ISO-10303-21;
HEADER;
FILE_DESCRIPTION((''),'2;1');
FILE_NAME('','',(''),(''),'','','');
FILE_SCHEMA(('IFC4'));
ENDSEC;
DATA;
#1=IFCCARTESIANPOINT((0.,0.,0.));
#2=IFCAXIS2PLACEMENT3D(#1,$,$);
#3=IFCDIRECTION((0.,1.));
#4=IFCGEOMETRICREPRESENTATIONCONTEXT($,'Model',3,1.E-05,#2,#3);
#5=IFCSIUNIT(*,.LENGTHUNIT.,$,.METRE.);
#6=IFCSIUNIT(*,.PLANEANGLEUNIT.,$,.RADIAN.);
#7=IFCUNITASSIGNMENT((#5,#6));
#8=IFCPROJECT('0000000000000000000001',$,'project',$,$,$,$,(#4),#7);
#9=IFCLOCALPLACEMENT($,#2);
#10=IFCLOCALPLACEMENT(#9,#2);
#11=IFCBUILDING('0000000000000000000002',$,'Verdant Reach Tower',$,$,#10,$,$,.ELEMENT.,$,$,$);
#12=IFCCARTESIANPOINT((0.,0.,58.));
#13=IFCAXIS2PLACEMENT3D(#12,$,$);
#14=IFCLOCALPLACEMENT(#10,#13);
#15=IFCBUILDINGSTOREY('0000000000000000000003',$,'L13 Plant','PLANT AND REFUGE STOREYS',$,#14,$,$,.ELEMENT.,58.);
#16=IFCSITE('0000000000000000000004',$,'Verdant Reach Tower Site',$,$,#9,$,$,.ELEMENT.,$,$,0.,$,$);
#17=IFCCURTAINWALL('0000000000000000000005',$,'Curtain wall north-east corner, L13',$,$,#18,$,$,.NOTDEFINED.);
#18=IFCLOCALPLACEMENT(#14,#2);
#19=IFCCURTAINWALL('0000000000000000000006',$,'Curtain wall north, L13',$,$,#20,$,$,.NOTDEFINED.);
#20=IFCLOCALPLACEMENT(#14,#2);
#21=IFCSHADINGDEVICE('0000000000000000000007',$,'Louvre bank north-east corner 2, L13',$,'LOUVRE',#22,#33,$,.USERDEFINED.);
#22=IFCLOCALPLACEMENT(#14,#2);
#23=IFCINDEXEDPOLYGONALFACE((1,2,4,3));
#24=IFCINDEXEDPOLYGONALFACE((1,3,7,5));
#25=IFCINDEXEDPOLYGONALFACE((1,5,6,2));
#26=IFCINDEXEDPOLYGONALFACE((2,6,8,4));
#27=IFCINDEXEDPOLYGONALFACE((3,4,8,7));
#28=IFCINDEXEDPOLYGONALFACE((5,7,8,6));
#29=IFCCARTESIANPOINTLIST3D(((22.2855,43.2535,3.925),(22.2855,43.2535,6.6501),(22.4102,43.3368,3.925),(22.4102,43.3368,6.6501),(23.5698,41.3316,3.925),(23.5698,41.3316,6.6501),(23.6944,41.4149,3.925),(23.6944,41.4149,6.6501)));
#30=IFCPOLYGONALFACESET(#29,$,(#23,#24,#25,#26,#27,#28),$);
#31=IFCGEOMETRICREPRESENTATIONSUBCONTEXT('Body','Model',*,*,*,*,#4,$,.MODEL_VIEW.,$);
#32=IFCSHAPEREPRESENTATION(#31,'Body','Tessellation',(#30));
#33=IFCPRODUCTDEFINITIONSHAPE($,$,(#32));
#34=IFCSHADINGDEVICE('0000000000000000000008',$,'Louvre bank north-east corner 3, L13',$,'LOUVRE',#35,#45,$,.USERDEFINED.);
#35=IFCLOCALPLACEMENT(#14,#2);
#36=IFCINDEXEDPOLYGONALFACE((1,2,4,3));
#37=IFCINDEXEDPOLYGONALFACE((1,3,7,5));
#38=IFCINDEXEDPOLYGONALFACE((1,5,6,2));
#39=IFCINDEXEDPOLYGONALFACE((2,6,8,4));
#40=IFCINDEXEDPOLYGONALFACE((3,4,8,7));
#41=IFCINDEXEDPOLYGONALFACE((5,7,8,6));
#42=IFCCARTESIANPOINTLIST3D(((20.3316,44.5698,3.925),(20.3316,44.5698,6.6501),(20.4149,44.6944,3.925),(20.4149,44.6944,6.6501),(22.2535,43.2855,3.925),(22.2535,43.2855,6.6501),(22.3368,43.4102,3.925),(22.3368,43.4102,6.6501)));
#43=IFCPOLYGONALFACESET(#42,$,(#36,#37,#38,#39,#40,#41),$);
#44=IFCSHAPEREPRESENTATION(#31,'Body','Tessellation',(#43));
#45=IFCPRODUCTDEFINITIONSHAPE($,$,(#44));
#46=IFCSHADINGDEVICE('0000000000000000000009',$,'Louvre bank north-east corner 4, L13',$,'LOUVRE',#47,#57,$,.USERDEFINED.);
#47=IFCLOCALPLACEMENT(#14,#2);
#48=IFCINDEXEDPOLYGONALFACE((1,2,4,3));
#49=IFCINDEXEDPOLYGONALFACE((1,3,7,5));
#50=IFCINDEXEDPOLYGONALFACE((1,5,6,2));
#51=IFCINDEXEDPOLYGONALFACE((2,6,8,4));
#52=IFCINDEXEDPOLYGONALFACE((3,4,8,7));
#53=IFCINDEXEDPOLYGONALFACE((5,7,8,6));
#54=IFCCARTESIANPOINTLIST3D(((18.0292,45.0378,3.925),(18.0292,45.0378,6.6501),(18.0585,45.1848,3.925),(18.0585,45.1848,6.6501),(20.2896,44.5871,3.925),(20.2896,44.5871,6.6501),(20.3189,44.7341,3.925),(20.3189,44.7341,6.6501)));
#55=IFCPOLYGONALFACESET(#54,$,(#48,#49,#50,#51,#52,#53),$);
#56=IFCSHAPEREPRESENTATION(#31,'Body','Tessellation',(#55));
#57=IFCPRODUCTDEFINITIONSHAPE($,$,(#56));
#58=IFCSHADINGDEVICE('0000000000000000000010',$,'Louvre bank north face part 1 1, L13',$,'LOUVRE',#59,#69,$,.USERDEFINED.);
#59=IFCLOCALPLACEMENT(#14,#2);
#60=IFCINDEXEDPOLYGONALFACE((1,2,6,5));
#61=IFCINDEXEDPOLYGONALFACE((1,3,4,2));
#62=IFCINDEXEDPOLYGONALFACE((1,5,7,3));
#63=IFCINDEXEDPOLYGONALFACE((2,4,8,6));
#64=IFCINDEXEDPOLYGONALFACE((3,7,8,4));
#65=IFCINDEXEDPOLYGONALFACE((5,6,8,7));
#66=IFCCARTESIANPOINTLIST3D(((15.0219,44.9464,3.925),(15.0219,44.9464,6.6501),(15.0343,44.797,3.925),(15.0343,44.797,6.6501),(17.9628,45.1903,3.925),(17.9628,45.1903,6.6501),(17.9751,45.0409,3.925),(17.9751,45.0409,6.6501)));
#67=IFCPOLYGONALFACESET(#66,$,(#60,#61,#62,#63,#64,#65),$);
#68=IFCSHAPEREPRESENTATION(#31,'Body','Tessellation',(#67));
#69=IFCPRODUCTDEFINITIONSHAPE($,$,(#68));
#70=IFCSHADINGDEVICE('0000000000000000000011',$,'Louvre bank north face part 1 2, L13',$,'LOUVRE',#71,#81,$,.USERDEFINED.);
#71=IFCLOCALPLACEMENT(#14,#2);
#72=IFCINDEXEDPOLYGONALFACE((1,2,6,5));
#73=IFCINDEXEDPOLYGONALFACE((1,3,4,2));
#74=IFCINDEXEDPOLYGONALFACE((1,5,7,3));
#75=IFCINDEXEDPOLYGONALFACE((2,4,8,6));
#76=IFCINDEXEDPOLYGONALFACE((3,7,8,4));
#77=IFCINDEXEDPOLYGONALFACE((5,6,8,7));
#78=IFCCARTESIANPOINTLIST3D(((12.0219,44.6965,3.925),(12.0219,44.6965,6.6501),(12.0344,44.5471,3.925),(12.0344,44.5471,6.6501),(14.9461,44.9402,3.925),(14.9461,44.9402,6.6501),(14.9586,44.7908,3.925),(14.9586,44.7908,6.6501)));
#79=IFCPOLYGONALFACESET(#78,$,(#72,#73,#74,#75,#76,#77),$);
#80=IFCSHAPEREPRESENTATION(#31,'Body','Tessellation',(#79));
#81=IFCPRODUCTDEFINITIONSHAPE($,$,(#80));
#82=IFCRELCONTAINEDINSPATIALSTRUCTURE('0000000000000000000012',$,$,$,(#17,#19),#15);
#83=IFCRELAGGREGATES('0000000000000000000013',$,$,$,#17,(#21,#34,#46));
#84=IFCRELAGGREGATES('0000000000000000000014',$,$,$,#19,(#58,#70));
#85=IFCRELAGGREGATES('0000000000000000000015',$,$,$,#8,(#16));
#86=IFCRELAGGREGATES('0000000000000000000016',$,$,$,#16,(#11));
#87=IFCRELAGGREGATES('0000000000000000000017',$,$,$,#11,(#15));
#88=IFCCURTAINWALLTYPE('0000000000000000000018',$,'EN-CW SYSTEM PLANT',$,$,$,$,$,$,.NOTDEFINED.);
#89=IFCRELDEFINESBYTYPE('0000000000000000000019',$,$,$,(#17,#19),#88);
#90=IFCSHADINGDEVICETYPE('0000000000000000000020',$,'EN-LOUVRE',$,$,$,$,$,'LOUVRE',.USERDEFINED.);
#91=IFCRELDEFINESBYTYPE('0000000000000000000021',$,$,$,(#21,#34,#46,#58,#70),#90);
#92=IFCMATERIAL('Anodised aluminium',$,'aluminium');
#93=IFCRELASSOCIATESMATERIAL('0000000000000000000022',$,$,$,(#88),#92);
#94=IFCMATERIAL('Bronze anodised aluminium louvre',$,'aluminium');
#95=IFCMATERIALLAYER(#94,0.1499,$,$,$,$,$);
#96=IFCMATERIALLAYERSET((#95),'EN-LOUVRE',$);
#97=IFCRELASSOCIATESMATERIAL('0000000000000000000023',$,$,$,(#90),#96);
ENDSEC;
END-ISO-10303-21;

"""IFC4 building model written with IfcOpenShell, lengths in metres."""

from ifc_helpers import new_model, si_unit, direction, frame, origin, origin_2d, place, context, subcontext, project, spatial, rectangle, extrude, material, layer, layer_set, type_object, element, aggregate, save


model = new_model("IFC4")

# Units and contexts
model_context = context("Model", 3, precision=1e-05, world=origin(), true_north=direction((0.0, 1.0)))
body_context = subcontext(model_context, "Body", "Model", "MODEL_VIEW")
ifc_project = project(units=[si_unit("LENGTHUNIT", "METRE"), si_unit("PLANEANGLEUNIT", "RADIAN")], contexts=[model_context])

# Site, building, storey
site_placement = place(None, origin())
site = spatial("IfcSite", under=ifc_project, at=site_placement, Name="Verdant Reach Tower Site", CompositionType="ELEMENT", RefElevation=0.0)
building_placement = place(site_placement, origin())
building = spatial("IfcBuilding", under=site, at=building_placement, Name="Verdant Reach Tower", CompositionType="ELEMENT")
storey_placement = place(building_placement, frame((0.0, 0.0, 58.0)))
storey = spatial("IfcBuildingStorey", under=building, at=storey_placement, Name="L13 Plant", Description="PLANT AND REFUGE STOREYS", CompositionType="ELEMENT", Elevation=58.0)

# Curtain walls
ifc_material_1 = material(Name="Anodised aluminium", Category="aluminium")
curtain_wall_type = type_object("IfcCurtainWallType", Name="EN-CW SYSTEM PLANT", PredefinedType="NOTDEFINED", material=ifc_material_1)
curtain_wall_1_placement = place(storey_placement, origin())
curtain_wall_1 = element("IfcCurtainWall", 1, at=curtain_wall_1_placement, inside=storey, type_object=curtain_wall_type, Name="Curtain wall north-east corner, L13", PredefinedType="NOTDEFINED")
curtain_wall_2_placement = place(storey_placement, origin())
curtain_wall_2 = element("IfcCurtainWall", 2, at=curtain_wall_2_placement, inside=storey, type_object=curtain_wall_type, Name="Curtain wall north, L13", PredefinedType="NOTDEFINED")

# Shading devices
ifc_material_2 = material(Name="Bronze anodised aluminium louvre", Category="aluminium")
ifc_layer_1 = layer(ifc_material_2, 0.1499)
ifc_layer_set_1 = layer_set([ifc_layer_1], Name="EN-LOUVRE")
shading_device_type = type_object("IfcShadingDeviceType", Name="EN-LOUVRE", ElementType="LOUVRE", PredefinedType="USERDEFINED", material=ifc_layer_set_1)
shading_device_1_placement = place(storey_placement, frame((22.99, 42.3342, 3.925), z_axis=(0.0, 0.0, 1.0), x_axis=(-0.555596, 0.831452, 0.0)))
shading_device_1 = element("IfcShadingDevice", 3, at=shading_device_1_placement, type_object=shading_device_type, Name="Louvre bank north-east corner 2, L13", ObjectType="LOUVRE", PredefinedType="USERDEFINED", context=body_context, shape_type="SweptSolid", body=[
    extrude(rectangle(XDim=2.3115, YDim=0.1499, at=origin_2d()), origin(), (0.0, 0.0, 1.0), 2.7251),
])
shading_device_2_placement = place(storey_placement, frame((21.3342, 43.99, 3.925), z_axis=(0.0, 0.0, 1.0), x_axis=(-0.831452, 0.555596, 0.0)))
shading_device_2 = element("IfcShadingDevice", 4, at=shading_device_2_placement, type_object=shading_device_type, Name="Louvre bank north-east corner 3, L13", ObjectType="LOUVRE", PredefinedType="USERDEFINED", context=body_context, shape_type="SweptSolid", body=[
    extrude(rectangle(XDim=2.3115, YDim=0.1499, at=origin_2d()), origin(), (0.0, 0.0, 1.0), 2.7251),
])
shading_device_3_placement = place(storey_placement, frame((19.1741, 44.886, 3.925), z_axis=(0.0, 0.0, 1.0), x_axis=(-0.980695, 0.195545, 0.0)))
shading_device_3 = element("IfcShadingDevice", 5, at=shading_device_3_placement, type_object=shading_device_type, Name="Louvre bank north-east corner 4, L13", ObjectType="LOUVRE", PredefinedType="USERDEFINED", context=body_context, shape_type="SweptSolid", body=[
    extrude(rectangle(XDim=2.3049, YDim=0.1499, at=origin_2d()), origin(), (0.0, 0.0, 1.0), 2.7251),
])
aggregate(curtain_wall_1, [shading_device_1, shading_device_2, shading_device_3])
shading_device_4_placement = place(storey_placement, frame((16.4985, 44.9937, 3.925), z_axis=(0.0, 0.0, 1.0), x_axis=(-0.996578, -0.082664, 0.0)))
shading_device_4 = element("IfcShadingDevice", 6, at=shading_device_4_placement, type_object=shading_device_type, Name="Louvre bank north face part 1 1, L13", ObjectType="LOUVRE", PredefinedType="USERDEFINED", context=body_context, shape_type="SweptSolid", body=[
    extrude(rectangle(XDim=2.9509, YDim=0.1499, at=origin_2d()), origin(), (0.0, 0.0, 1.0), 2.7251),
])
shading_device_5_placement = place(storey_placement, frame((13.4902, 44.7437, 3.925), z_axis=(0.0, 0.0, 1.0), x_axis=(-0.996546, -0.083045, 0.0)))
shading_device_5 = element("IfcShadingDevice", 7, at=shading_device_5_placement, type_object=shading_device_type, Name="Louvre bank north face part 1 2, L13", ObjectType="LOUVRE", PredefinedType="USERDEFINED", context=body_context, shape_type="SweptSolid", body=[
    extrude(rectangle(XDim=2.9343, YDim=0.1499, at=origin_2d()), origin(), (0.0, 0.0, 1.0), 2.7251),
])
aggregate(curtain_wall_2, [shading_device_4, shading_device_5])

save(model, "model.ifc")
